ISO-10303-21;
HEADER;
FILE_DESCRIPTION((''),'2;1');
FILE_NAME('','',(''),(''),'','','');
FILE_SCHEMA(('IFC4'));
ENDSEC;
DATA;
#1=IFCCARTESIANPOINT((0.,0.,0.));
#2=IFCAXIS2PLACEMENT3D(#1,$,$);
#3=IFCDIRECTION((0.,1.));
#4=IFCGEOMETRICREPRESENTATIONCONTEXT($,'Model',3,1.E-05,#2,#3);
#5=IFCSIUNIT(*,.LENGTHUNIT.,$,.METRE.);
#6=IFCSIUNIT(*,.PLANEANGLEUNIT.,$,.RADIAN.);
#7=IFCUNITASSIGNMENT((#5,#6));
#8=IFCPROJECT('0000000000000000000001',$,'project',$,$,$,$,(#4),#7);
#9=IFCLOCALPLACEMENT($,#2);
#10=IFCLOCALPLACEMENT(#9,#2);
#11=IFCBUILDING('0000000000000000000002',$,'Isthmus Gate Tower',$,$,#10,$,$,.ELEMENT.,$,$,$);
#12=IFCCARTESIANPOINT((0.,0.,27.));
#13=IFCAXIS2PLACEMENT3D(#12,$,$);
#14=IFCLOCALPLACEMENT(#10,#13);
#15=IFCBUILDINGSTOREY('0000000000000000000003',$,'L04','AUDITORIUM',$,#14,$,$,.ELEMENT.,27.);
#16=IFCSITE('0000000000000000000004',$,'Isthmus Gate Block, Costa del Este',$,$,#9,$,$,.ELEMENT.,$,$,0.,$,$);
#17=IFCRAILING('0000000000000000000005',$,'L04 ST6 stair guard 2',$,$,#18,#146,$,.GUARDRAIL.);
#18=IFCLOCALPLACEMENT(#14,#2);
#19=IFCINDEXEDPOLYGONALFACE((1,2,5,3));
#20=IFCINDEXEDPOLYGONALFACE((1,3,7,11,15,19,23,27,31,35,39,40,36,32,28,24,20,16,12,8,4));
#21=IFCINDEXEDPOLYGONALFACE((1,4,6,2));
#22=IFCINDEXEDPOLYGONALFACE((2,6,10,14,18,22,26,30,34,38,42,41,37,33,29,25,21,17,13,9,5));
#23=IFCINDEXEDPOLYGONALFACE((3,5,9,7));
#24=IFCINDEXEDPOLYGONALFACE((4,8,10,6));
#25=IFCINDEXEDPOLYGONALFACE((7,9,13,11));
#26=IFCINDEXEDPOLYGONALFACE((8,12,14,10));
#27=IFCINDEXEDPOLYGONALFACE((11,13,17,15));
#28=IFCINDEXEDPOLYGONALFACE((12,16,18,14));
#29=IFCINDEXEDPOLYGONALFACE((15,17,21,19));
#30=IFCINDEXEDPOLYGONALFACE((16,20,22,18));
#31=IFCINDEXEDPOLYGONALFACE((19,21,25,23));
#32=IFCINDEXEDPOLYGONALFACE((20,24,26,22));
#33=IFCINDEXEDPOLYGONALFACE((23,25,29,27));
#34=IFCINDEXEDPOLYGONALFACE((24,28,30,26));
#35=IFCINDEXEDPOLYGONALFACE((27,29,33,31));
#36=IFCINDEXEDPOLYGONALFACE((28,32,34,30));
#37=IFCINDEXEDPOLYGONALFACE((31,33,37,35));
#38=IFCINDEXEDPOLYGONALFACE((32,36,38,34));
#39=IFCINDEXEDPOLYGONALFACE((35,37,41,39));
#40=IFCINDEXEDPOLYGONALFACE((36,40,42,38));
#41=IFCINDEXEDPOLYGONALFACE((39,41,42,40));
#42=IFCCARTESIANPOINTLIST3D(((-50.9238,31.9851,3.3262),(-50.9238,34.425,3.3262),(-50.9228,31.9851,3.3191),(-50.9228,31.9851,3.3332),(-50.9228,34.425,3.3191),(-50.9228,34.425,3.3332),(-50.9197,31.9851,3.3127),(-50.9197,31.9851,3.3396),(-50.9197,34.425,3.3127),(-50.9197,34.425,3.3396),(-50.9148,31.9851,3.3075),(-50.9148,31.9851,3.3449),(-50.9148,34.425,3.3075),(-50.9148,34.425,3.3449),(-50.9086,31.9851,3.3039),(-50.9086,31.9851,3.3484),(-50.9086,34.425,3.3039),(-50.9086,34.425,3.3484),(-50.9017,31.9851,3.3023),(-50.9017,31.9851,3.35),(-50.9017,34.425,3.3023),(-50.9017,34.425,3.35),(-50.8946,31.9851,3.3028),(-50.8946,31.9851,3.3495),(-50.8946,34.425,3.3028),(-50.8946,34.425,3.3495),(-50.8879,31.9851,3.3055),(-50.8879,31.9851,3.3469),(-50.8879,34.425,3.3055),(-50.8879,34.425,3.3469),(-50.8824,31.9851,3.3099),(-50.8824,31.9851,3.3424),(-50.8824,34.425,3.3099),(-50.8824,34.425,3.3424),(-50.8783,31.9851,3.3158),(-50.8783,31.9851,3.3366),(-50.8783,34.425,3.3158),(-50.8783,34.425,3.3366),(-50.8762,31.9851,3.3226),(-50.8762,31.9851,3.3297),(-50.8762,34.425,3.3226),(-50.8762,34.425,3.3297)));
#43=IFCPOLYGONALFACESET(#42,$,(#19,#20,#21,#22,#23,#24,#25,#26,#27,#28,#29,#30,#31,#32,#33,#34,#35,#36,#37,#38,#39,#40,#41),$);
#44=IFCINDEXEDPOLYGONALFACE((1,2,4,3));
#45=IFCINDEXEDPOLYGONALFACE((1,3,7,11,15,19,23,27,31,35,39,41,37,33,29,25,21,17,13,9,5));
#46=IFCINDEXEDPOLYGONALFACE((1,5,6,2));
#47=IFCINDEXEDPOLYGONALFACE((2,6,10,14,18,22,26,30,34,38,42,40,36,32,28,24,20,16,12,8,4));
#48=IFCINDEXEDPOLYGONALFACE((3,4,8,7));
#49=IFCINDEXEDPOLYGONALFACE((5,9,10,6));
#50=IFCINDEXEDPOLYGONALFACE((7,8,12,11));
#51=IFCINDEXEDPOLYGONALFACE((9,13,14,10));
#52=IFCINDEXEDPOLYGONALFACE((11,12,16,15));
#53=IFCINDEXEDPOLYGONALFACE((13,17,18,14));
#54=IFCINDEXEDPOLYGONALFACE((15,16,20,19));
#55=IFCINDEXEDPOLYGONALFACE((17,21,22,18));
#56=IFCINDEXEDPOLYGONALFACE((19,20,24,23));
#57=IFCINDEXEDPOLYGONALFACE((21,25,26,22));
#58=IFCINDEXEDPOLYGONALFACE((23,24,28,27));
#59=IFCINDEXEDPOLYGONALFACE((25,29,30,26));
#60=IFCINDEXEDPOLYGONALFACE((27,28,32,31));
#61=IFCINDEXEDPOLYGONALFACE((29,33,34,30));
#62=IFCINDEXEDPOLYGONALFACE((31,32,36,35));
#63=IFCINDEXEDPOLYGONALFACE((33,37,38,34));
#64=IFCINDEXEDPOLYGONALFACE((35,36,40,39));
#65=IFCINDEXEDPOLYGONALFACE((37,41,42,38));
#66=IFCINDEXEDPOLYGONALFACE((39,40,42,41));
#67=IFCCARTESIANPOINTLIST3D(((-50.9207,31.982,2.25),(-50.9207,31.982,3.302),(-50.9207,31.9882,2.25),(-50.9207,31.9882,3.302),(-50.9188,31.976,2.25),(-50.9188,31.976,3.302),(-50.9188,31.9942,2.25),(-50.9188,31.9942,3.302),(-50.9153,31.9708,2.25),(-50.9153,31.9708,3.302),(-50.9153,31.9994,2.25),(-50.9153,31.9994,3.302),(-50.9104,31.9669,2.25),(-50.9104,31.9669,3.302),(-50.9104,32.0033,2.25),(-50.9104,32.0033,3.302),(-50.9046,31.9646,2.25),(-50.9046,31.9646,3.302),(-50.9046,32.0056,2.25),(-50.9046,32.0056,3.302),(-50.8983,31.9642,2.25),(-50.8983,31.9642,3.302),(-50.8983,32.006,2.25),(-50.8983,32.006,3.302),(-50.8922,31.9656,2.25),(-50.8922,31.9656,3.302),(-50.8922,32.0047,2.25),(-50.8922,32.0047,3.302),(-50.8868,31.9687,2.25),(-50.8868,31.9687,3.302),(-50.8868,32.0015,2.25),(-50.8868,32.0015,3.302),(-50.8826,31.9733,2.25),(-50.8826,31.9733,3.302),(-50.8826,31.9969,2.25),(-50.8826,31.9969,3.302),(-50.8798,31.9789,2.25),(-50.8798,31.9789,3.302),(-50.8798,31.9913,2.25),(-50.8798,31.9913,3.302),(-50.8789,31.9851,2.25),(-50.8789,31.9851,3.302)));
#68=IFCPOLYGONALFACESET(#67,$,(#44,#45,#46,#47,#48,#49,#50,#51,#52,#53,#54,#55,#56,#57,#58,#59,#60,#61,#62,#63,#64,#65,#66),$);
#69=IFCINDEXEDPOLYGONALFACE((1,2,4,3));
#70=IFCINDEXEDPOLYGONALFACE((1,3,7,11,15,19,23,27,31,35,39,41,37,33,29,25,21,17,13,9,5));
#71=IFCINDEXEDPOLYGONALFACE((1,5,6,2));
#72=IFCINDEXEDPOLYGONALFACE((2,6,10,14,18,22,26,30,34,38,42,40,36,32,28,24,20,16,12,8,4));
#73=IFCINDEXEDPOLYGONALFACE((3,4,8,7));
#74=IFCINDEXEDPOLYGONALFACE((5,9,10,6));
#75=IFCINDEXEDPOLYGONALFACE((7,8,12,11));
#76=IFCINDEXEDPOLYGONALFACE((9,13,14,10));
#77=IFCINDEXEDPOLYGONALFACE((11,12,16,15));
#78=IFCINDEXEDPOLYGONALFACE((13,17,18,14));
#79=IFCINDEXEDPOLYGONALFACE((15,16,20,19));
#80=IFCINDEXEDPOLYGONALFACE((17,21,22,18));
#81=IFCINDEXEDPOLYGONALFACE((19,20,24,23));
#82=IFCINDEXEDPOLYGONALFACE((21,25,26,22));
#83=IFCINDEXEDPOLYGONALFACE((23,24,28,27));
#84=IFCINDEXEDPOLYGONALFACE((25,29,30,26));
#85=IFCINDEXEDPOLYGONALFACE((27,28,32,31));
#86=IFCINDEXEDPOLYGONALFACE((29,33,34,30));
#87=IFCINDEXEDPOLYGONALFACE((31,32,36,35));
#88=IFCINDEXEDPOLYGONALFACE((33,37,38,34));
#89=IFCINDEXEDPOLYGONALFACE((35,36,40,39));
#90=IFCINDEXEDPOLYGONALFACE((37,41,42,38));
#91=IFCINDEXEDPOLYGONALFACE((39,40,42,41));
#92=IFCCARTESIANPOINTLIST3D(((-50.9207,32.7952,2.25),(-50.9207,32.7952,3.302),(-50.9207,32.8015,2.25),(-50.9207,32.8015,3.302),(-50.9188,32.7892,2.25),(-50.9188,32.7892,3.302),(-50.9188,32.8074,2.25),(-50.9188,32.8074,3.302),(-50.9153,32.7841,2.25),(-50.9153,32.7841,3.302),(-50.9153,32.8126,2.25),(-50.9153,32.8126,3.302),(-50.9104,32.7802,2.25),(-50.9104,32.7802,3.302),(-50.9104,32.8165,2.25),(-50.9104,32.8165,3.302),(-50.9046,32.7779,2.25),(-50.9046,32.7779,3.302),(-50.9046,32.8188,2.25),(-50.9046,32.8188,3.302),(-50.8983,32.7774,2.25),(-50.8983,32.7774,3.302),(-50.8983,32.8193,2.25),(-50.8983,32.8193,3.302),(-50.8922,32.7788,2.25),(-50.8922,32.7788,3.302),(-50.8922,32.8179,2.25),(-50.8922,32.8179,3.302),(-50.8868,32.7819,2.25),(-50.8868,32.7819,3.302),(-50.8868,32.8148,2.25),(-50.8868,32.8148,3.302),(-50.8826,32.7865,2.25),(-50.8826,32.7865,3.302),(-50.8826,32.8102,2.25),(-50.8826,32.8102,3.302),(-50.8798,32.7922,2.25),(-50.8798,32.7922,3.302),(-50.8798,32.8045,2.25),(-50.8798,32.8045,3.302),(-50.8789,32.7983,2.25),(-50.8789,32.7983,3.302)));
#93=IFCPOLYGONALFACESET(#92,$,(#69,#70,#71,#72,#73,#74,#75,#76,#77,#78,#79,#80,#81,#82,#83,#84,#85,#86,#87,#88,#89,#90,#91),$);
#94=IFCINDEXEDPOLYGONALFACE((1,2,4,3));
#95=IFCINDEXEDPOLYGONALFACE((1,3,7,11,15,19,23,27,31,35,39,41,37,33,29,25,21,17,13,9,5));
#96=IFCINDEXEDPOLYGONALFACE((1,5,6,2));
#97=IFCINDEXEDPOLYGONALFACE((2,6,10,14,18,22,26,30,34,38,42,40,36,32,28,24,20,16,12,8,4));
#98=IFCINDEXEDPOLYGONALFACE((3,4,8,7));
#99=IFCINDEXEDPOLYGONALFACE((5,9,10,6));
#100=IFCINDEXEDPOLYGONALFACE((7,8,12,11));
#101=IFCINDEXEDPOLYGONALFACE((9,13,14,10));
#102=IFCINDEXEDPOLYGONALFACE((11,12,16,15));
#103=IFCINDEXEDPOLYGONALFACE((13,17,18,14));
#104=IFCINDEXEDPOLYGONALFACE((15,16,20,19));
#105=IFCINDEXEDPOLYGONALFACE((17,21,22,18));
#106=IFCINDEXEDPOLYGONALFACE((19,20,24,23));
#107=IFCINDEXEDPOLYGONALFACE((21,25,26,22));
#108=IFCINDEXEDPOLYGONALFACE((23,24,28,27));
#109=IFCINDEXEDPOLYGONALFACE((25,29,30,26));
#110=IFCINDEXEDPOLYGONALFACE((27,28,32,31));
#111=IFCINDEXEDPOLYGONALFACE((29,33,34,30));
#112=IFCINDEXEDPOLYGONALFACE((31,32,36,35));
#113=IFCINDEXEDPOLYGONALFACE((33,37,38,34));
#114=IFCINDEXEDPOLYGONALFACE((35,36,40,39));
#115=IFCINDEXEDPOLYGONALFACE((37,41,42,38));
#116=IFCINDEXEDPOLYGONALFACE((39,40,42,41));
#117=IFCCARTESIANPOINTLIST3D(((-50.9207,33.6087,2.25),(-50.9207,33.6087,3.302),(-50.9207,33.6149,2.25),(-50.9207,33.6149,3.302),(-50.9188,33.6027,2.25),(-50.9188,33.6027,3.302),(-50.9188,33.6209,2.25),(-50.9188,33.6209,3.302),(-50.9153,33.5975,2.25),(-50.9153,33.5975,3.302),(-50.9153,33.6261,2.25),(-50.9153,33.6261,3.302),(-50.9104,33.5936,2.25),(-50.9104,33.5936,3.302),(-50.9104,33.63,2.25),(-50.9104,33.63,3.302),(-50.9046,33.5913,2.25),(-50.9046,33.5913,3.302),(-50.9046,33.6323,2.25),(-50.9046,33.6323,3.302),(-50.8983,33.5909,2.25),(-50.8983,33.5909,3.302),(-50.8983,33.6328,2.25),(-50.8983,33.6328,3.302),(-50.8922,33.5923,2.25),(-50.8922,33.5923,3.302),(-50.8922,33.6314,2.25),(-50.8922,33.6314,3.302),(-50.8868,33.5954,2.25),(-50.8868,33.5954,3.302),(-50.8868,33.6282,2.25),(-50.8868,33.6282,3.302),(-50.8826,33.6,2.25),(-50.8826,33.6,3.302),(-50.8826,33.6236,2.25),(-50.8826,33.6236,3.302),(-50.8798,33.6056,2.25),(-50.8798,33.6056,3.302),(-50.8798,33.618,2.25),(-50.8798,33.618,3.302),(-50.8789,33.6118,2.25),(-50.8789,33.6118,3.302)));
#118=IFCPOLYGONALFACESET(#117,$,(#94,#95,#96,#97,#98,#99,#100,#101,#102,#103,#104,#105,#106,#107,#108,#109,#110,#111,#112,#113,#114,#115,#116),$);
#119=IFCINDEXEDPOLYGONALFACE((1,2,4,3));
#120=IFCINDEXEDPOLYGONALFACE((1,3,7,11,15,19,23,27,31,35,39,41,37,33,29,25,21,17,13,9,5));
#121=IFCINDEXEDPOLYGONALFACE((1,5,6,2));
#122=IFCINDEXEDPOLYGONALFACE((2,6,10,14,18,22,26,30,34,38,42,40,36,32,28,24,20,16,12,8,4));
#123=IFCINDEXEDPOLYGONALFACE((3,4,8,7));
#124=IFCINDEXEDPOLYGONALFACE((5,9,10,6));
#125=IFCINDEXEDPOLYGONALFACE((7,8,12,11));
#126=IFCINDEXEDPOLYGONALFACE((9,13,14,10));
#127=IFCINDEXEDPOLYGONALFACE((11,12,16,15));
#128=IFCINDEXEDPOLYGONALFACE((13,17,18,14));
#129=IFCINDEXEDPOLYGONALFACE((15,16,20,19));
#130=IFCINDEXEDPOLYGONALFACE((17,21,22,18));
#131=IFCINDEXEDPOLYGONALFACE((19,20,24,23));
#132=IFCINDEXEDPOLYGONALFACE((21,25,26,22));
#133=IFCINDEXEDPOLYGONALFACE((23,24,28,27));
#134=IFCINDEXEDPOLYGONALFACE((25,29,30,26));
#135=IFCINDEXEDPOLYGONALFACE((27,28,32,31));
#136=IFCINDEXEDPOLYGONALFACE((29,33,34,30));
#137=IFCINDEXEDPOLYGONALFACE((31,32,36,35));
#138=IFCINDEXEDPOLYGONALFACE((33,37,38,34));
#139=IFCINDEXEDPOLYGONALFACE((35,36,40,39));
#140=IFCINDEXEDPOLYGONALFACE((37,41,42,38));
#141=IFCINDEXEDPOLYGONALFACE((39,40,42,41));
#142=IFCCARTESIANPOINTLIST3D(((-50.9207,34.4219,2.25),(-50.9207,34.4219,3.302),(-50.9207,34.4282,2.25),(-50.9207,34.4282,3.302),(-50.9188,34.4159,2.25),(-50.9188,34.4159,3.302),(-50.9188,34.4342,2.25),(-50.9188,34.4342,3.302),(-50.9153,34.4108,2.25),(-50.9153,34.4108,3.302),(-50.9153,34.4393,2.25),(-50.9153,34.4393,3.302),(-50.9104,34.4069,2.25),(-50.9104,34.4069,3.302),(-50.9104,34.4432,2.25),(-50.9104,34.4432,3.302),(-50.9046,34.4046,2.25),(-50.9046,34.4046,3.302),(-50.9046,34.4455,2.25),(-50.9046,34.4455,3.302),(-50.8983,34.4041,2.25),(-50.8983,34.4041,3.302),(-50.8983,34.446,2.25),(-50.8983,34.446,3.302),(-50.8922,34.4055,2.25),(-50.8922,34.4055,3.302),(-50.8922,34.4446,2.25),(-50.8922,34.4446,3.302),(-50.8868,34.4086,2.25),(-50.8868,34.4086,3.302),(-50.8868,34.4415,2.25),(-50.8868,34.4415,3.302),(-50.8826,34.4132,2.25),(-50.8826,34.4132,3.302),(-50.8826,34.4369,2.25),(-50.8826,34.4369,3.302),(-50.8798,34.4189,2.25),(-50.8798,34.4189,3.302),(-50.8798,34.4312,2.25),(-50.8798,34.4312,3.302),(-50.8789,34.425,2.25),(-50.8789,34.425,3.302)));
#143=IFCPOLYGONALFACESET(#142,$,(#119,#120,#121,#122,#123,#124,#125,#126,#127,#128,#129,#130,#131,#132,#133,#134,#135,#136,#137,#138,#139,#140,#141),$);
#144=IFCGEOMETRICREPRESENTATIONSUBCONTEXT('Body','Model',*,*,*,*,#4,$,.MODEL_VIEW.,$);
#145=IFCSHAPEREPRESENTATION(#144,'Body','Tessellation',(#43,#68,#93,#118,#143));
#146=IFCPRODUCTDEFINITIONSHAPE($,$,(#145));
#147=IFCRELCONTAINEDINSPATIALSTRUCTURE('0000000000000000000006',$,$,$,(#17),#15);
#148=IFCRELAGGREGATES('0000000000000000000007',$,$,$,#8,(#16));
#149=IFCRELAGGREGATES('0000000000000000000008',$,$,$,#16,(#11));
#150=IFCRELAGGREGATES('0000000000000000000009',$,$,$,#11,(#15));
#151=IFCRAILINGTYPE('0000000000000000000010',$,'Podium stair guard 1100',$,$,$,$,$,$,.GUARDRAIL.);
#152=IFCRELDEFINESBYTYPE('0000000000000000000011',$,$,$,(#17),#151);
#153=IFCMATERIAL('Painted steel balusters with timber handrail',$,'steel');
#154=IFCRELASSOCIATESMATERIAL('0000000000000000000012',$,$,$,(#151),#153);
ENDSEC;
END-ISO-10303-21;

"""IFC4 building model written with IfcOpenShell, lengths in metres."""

from ifc_helpers import new_model, si_unit, direction, frame, origin, origin_2d, place, context, subcontext, project, spatial, circle, extrude, material, type_object, element, save


model = new_model("IFC4")

# Units and contexts
model_context = context("Model", 3, precision=1e-05, world=origin(), true_north=direction((0.0, 1.0)))
body_context = subcontext(model_context, "Body", "Model", "MODEL_VIEW")
ifc_project = project(units=[si_unit("LENGTHUNIT", "METRE"), si_unit("PLANEANGLEUNIT", "RADIAN")], contexts=[model_context])

# Site, building, storey
site_placement = place(None, origin())
site = spatial("IfcSite", under=ifc_project, at=site_placement, Name="Isthmus Gate Block, Costa del Este", CompositionType="ELEMENT", RefElevation=0.0)
building_placement = place(site_placement, origin())
building = spatial("IfcBuilding", under=site, at=building_placement, Name="Isthmus Gate Tower", CompositionType="ELEMENT")
storey_placement = place(building_placement, frame((0.0, 0.0, 27.0)))
storey = spatial("IfcBuildingStorey", under=building, at=storey_placement, Name="L04", Description="AUDITORIUM", CompositionType="ELEMENT", Elevation=27.0)

# Railing
ifc_material_1 = material(Name="Painted steel balusters with timber handrail", Category="steel")
railing_type_1 = type_object("IfcRailingType", Name="Podium stair guard 1100", PredefinedType="GUARDRAIL", material=ifc_material_1)
railing_1_placement = place(storey_placement, frame((-50.8999, 31.9851, 2.25)))
element("IfcRailing", 1, at=railing_1_placement, inside=storey, type_object=railing_type_1, Name="L04 ST6 stair guard 2", PredefinedType="GUARDRAIL", context=body_context, shape_type="SweptSolid", body=[
    extrude(circle(Radius=0.0239, at=origin_2d()), frame((0.0, 0.0, 1.0762), z_axis=(0.0, 1.0, 0.0), x_axis=(-1.0, 0.0, 0.0)), (0.0, 0.0, 1.0), 2.4399),
    extrude(circle(Radius=0.021, at=origin_2d()), origin(), (0.0, 0.0, 1.0), 1.052),
    extrude(circle(Radius=0.021, at=origin_2d()), frame((0.0, 0.8132, 0.0)), (0.0, 0.0, 1.0), 1.052),
    extrude(circle(Radius=0.021, at=origin_2d()), frame((0.0, 1.6267, 0.0)), (0.0, 0.0, 1.0), 1.052),
    extrude(circle(Radius=0.021, at=origin_2d()), frame((0.0, 2.4399, 0.0)), (0.0, 0.0, 1.0), 1.052),
])

save(model, "model.ifc")
